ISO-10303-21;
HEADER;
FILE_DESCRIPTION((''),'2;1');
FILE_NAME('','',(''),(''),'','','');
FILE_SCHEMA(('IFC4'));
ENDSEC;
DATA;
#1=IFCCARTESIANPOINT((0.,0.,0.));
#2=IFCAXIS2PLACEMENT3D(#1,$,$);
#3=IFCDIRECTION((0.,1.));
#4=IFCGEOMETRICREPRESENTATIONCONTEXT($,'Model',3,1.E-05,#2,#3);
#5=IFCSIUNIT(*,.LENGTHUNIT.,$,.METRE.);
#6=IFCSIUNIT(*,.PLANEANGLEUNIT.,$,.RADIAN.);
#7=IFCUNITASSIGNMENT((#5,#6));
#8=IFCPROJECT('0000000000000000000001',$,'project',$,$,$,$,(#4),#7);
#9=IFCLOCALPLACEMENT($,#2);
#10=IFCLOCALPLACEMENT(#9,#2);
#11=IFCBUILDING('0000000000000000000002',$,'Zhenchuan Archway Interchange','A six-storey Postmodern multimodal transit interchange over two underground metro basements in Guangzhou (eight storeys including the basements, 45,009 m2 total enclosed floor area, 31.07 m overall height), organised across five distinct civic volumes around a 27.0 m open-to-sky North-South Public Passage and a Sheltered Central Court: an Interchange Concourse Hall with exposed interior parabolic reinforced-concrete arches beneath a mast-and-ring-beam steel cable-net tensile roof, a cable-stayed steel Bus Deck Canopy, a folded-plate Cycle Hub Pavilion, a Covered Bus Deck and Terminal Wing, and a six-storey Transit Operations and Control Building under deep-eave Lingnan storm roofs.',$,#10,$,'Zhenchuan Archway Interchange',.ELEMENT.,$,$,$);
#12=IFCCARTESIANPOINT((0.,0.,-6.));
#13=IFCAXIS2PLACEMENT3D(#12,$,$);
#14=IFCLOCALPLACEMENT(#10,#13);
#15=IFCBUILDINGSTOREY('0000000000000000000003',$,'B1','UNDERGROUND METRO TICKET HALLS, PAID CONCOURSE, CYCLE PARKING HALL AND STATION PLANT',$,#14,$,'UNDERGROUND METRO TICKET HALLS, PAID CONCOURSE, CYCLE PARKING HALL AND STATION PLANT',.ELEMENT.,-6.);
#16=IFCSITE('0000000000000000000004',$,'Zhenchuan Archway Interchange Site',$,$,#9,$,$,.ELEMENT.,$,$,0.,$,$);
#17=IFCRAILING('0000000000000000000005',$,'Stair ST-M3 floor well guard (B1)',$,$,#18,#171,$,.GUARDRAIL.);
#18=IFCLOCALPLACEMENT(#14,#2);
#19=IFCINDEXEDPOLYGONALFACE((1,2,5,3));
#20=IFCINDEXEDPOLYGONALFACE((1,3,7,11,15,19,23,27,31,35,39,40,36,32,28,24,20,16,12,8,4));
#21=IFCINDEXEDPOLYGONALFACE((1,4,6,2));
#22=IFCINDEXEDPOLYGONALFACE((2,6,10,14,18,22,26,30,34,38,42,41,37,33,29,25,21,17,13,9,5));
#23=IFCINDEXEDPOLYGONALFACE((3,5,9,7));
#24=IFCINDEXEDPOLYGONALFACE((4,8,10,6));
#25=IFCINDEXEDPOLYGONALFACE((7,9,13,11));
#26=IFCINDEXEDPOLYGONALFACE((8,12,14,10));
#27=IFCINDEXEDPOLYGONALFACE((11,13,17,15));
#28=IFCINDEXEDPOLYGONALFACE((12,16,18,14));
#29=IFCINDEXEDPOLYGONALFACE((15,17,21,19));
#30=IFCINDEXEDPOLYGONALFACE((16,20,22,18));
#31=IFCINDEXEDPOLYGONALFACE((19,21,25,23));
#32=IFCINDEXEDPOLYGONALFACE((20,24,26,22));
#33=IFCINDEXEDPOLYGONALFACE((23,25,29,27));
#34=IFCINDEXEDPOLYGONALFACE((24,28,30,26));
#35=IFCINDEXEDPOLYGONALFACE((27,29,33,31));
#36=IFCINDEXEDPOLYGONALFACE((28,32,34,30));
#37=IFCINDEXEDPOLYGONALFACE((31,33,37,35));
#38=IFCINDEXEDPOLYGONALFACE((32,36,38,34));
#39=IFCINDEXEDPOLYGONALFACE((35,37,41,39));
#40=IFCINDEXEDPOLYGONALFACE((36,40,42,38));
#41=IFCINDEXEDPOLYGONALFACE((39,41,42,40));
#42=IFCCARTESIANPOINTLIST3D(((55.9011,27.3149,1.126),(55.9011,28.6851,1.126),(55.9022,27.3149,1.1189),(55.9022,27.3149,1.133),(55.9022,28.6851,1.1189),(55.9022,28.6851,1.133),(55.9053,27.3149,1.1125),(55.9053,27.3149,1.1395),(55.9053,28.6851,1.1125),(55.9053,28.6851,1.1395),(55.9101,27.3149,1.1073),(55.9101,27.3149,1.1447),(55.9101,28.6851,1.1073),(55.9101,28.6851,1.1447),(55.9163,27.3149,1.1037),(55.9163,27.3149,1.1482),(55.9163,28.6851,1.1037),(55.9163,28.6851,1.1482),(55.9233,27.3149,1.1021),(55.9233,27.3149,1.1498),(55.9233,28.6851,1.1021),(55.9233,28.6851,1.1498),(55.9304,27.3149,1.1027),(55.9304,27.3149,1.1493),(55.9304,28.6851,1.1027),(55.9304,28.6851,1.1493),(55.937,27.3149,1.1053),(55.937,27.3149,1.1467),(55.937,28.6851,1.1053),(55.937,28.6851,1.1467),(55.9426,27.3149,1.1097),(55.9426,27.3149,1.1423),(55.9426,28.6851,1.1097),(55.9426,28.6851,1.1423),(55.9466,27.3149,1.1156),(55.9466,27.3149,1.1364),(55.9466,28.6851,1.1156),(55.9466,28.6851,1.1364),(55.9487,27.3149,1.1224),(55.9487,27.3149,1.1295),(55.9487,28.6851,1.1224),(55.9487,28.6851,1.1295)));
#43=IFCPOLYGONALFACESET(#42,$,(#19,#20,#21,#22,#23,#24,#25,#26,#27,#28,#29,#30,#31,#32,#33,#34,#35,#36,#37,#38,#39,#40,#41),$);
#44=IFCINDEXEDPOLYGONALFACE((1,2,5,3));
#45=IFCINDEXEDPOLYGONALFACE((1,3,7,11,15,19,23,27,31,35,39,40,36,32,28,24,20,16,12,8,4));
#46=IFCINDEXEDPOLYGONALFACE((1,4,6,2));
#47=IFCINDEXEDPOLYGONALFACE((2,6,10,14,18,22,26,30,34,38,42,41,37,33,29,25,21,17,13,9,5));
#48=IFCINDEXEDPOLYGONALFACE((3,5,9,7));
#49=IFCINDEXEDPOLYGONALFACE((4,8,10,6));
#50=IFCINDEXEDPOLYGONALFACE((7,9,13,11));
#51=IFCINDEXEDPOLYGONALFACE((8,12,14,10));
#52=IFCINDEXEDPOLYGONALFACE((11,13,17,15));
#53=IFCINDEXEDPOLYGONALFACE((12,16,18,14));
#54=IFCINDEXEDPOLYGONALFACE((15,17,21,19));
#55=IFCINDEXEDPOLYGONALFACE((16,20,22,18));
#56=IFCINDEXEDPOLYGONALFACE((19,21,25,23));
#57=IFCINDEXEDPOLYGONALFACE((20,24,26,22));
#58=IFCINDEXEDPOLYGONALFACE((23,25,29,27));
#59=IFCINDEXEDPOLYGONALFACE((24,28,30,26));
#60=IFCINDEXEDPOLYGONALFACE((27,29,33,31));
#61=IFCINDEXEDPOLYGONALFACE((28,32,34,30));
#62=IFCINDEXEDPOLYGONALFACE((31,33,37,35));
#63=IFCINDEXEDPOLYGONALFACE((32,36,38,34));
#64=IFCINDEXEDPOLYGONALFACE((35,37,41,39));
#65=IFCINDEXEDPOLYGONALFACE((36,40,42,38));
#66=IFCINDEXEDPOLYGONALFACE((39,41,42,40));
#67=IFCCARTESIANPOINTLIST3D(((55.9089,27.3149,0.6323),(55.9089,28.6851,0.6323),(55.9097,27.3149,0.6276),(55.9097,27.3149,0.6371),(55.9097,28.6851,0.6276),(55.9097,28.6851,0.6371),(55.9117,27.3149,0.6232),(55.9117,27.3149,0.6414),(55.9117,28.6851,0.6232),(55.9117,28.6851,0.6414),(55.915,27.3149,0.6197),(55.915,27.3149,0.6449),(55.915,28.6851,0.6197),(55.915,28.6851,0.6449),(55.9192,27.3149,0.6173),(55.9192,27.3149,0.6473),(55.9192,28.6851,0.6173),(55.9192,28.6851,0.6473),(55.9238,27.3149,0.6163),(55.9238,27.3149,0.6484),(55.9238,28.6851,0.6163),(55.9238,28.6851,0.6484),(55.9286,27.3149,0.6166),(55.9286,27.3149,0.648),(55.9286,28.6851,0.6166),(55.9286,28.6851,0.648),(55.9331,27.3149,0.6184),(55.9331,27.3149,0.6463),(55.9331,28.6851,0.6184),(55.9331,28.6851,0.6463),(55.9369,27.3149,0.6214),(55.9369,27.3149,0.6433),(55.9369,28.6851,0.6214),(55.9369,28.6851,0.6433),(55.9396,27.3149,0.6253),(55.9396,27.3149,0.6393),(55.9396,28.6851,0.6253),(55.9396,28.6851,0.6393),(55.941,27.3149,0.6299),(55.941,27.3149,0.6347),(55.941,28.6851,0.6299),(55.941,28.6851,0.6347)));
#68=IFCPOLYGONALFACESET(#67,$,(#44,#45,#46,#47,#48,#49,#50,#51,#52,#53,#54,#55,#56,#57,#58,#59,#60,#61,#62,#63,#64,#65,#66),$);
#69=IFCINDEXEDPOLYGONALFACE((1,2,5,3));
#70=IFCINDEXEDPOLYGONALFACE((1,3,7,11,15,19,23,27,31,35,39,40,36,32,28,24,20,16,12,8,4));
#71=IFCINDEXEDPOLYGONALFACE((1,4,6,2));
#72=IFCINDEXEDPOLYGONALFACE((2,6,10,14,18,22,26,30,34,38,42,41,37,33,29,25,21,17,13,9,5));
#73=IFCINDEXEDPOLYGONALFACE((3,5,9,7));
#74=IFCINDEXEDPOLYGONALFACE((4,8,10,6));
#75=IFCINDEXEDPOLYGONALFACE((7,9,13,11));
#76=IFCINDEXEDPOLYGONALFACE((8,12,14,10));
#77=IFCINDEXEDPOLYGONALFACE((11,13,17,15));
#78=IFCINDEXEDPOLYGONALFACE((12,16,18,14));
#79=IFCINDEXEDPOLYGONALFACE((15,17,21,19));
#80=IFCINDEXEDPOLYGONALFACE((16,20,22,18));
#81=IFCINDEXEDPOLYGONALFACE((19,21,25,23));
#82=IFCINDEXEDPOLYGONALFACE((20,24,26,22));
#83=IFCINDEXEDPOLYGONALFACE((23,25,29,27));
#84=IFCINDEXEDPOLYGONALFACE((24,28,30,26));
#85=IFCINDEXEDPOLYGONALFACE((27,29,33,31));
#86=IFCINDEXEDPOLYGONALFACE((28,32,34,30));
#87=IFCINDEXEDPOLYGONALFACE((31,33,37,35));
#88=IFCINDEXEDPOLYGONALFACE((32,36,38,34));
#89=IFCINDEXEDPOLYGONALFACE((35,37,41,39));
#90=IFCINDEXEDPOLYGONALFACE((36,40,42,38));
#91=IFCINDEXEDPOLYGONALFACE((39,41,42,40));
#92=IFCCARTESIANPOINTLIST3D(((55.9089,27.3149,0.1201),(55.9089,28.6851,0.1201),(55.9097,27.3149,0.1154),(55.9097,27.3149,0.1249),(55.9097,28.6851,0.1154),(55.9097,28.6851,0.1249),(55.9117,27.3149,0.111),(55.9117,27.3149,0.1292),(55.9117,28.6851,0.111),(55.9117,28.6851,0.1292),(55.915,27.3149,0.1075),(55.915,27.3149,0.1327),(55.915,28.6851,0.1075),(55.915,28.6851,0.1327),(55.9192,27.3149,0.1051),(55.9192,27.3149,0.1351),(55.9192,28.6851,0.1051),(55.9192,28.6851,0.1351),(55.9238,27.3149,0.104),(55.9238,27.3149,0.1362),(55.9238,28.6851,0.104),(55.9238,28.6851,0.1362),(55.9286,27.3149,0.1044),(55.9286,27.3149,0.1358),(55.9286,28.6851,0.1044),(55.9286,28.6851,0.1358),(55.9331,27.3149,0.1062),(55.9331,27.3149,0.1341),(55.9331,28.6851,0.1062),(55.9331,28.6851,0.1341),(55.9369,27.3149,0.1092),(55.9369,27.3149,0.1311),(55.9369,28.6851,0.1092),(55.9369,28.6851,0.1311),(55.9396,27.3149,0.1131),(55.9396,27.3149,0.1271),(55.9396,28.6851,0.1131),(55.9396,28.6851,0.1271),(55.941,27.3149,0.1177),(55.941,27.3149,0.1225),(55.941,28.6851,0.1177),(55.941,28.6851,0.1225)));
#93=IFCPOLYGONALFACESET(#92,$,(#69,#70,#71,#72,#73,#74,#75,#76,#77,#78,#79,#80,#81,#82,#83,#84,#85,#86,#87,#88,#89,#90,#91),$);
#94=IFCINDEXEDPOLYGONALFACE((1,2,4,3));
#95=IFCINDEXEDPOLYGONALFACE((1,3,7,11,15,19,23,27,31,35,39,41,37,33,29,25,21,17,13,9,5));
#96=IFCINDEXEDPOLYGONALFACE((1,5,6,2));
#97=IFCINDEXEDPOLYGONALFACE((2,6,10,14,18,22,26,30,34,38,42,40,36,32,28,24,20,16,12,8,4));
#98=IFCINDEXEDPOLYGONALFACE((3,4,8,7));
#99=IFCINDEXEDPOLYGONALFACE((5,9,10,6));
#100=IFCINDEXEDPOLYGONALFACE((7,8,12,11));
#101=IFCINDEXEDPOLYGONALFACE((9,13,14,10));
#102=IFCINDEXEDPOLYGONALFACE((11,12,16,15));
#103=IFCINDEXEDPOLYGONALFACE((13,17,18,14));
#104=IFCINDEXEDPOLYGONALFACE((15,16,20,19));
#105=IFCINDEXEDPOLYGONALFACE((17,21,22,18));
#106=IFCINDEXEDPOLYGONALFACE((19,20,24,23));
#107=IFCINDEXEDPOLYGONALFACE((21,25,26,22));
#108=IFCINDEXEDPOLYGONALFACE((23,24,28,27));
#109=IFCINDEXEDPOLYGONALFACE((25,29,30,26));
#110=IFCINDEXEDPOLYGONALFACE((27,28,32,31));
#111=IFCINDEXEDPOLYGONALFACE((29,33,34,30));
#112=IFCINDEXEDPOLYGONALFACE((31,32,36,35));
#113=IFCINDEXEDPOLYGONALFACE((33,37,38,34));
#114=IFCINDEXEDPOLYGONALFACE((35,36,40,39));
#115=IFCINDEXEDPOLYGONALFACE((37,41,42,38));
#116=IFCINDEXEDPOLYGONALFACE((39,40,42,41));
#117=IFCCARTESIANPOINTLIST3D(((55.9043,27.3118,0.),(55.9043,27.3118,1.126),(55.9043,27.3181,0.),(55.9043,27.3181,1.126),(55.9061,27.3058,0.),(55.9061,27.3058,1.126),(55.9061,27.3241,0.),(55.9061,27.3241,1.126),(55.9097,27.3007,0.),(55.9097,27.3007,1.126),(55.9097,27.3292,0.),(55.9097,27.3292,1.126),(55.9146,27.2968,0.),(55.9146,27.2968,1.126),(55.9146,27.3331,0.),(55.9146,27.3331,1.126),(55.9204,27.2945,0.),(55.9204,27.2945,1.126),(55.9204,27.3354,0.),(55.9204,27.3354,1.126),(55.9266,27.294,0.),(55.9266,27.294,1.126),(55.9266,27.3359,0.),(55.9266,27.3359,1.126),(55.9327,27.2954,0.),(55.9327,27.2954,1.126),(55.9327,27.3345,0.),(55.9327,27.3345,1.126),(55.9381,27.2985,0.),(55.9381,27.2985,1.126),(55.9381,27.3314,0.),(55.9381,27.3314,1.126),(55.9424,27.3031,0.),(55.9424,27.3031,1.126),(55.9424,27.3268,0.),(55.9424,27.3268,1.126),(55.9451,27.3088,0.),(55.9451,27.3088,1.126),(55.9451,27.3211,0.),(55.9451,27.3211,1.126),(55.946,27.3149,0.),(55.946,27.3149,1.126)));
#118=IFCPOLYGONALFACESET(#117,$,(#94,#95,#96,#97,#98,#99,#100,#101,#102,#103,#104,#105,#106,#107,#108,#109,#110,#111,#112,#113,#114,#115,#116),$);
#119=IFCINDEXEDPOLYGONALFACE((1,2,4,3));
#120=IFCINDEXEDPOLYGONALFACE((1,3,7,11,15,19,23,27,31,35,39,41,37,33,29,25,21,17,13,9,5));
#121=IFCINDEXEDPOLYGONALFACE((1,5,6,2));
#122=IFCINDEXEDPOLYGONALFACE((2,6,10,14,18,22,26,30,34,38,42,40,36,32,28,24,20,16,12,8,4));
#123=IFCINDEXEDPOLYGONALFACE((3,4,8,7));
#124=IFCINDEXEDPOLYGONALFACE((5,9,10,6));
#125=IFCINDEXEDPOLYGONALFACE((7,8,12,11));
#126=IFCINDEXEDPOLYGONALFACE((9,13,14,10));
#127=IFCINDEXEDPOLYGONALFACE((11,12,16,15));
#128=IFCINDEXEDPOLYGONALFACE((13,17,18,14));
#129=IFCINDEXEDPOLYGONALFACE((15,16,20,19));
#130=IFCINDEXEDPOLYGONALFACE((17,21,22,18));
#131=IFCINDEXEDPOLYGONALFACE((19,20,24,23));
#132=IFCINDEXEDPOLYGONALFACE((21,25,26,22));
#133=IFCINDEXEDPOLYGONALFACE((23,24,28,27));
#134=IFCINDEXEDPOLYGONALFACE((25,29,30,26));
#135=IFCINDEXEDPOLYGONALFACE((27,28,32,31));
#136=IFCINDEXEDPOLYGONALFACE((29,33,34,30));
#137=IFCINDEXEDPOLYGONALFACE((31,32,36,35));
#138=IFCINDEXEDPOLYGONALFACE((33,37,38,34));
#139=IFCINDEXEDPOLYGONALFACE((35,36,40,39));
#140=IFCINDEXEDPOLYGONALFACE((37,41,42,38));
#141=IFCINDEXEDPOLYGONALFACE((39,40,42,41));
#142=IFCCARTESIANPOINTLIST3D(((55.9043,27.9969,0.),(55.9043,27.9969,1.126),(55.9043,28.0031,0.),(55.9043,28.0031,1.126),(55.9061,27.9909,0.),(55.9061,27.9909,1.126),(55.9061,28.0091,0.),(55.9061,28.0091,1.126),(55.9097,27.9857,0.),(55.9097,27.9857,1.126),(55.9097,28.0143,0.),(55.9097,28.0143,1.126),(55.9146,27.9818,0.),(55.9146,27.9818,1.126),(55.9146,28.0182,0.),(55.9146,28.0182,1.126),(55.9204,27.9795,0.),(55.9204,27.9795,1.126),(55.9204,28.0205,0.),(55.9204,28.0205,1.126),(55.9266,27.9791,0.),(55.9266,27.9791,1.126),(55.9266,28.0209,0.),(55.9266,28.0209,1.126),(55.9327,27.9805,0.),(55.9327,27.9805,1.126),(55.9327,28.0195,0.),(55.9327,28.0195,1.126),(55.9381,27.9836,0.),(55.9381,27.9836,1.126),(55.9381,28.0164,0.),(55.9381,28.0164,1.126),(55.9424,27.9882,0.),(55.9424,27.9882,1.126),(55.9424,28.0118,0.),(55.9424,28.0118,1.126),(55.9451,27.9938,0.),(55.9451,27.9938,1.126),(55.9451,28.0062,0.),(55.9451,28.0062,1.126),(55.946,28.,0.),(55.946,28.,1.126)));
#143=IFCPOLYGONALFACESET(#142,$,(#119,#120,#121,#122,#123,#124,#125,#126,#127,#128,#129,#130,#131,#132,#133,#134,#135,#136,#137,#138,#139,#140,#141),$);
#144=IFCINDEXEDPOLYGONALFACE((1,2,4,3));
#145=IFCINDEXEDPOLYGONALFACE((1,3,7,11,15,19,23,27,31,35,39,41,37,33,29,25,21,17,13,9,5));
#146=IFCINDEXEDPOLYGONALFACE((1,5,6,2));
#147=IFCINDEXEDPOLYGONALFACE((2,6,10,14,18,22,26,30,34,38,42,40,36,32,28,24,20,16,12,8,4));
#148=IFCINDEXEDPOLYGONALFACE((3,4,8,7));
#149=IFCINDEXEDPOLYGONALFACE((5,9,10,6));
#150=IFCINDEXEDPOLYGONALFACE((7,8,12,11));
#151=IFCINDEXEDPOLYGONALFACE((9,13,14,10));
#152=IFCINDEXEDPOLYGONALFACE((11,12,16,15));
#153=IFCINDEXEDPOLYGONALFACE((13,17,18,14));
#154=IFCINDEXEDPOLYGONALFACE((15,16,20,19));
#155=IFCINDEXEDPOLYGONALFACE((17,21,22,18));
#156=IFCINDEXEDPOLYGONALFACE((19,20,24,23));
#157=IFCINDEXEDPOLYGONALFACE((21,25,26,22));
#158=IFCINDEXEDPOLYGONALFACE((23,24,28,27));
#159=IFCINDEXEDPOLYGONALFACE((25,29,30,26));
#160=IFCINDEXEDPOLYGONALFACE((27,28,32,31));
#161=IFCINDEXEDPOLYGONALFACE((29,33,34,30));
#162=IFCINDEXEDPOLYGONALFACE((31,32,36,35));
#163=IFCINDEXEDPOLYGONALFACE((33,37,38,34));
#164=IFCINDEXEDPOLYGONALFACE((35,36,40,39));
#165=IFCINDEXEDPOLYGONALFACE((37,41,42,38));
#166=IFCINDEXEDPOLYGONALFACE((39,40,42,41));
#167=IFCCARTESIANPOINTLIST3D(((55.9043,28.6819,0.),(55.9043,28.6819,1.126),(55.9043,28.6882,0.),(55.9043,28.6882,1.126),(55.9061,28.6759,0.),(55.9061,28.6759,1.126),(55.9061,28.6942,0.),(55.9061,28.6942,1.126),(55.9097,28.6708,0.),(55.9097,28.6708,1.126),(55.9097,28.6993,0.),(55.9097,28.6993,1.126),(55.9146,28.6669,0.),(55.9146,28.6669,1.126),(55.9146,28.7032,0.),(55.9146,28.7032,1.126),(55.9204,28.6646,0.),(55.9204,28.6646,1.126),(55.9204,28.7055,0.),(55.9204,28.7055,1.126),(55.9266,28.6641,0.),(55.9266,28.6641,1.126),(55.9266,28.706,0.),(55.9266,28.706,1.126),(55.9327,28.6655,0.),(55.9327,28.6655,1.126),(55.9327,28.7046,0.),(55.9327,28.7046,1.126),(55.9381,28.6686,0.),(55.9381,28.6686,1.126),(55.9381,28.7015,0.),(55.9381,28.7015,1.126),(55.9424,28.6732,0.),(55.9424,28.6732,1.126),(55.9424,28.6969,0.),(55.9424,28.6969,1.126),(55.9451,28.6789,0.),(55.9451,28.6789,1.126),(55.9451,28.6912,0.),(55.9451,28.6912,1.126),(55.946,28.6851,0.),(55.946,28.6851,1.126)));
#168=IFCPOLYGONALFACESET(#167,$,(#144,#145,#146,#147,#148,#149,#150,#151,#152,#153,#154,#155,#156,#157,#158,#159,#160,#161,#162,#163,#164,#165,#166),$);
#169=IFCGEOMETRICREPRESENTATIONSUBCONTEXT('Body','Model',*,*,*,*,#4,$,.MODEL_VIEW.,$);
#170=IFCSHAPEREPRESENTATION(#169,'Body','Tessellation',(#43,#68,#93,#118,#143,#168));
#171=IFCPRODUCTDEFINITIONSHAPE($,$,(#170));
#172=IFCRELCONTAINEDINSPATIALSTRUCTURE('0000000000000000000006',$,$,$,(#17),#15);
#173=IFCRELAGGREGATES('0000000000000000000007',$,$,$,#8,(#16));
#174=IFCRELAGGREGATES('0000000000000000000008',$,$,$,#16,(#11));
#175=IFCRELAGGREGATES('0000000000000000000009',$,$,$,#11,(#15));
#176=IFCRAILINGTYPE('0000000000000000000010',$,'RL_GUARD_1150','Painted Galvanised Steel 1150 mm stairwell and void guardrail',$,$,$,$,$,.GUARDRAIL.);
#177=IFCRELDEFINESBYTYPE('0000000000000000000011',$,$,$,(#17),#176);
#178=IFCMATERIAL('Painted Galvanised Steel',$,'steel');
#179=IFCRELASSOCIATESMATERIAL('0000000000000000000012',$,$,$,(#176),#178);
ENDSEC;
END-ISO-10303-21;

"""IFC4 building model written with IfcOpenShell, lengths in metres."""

from ifc_helpers import new_model, si_unit, direction, frame, origin, origin_2d, place, context, subcontext, project, spatial, circle, extrude, material, type_object, element, save


model = new_model("IFC4")

# Units and contexts
model_context = context("Model", 3, precision=1e-05, world=origin(), true_north=direction((0.0, 1.0)))
body_context = subcontext(model_context, "Body", "Model", "MODEL_VIEW")
ifc_project = project(units=[si_unit("LENGTHUNIT", "METRE"), si_unit("PLANEANGLEUNIT", "RADIAN")], contexts=[model_context])

# Site, building, storey
site_placement = place(None, origin())
site = spatial("IfcSite", under=ifc_project, at=site_placement, Name="Zhenchuan Archway Interchange Site", CompositionType="ELEMENT", RefElevation=0.0)
building_placement = place(site_placement, origin())
building = spatial("IfcBuilding", under=site, at=building_placement, Name="Zhenchuan Archway Interchange", Description="A six-storey Postmodern multimodal transit interchange over two underground metro basements in Guangzhou (eight storeys including the basements, 45,009 m2 total enclosed floor area, 31.07 m overall height), organised across five distinct civic volumes around a 27.0 m open-to-sky North-South Public Passage and a Sheltered Central Court: an Interchange Concourse Hall with exposed interior parabolic reinforced-concrete arches beneath a mast-and-ring-beam steel cable-net tensile roof, a cable-stayed steel Bus Deck Canopy, a folded-plate Cycle Hub Pavilion, a Covered Bus Deck and Terminal Wing, and a six-storey Transit Operations and Control Building under deep-eave Lingnan storm roofs.", LongName="Zhenchuan Archway Interchange", CompositionType="ELEMENT")
storey_placement = place(building_placement, frame((0.0, 0.0, -6.0)))
storey = spatial("IfcBuildingStorey", under=building, at=storey_placement, Name="B1", Description="UNDERGROUND METRO TICKET HALLS, PAID CONCOURSE, CYCLE PARKING HALL AND STATION PLANT", LongName="UNDERGROUND METRO TICKET HALLS, PAID CONCOURSE, CYCLE PARKING HALL AND STATION PLANT", CompositionType="ELEMENT", Elevation=-6.0)

# Shared definitions
ifc_material_1 = material(Name="Painted Galvanised Steel", Category="steel")

# Railing
railing_type_1 = type_object("IfcRailingType", Name="RL_GUARD_1150", Description="Painted Galvanised Steel 1150 mm stairwell and void guardrail", PredefinedType="GUARDRAIL", material=ifc_material_1)
for number, where, name in (
    (1, (55.925, 27.3149, 0.0), "Stair ST-M3 floor well guard (B1)"),
):
    element("IfcRailing", number, at=place(storey_placement, frame(where)), inside=storey, type_object=railing_type_1, Name=name, PredefinedType="GUARDRAIL", context=body_context, shape_type="SweptSolid", body=[
        extrude(circle(Radius=0.0239, at=origin_2d()), frame((0.0, 0.0, 1.126), z_axis=(0.0, 1.0, 0.0), x_axis=(-1.0, 0.0, 0.0)), (0.0, 0.0, 1.0), 1.3701),
        extrude(circle(Radius=0.0161, at=origin_2d()), frame((0.0, 0.0, 0.6323), z_axis=(0.0, 1.0, 0.0), x_axis=(-1.0, 0.0, 0.0)), (0.0, 0.0, 1.0), 1.3701),
        extrude(circle(Radius=0.0161, at=origin_2d()), frame((0.0, 0.0, 0.1201), z_axis=(0.0, 1.0, 0.0), x_axis=(-1.0, 0.0, 0.0)), (0.0, 0.0, 1.0), 1.3701),
        extrude(circle(Radius=0.021, at=origin_2d()), origin(), (0.0, 0.0, 1.0), 1.126),
        extrude(circle(Radius=0.021, at=origin_2d()), frame((0.0, 0.6851, 0.0)), (0.0, 0.0, 1.0), 1.126),
        extrude(circle(Radius=0.021, at=origin_2d()), frame((0.0, 1.3701, 0.0)), (0.0, 0.0, 1.0), 1.126),
    ])

save(model, "model.ifc")
